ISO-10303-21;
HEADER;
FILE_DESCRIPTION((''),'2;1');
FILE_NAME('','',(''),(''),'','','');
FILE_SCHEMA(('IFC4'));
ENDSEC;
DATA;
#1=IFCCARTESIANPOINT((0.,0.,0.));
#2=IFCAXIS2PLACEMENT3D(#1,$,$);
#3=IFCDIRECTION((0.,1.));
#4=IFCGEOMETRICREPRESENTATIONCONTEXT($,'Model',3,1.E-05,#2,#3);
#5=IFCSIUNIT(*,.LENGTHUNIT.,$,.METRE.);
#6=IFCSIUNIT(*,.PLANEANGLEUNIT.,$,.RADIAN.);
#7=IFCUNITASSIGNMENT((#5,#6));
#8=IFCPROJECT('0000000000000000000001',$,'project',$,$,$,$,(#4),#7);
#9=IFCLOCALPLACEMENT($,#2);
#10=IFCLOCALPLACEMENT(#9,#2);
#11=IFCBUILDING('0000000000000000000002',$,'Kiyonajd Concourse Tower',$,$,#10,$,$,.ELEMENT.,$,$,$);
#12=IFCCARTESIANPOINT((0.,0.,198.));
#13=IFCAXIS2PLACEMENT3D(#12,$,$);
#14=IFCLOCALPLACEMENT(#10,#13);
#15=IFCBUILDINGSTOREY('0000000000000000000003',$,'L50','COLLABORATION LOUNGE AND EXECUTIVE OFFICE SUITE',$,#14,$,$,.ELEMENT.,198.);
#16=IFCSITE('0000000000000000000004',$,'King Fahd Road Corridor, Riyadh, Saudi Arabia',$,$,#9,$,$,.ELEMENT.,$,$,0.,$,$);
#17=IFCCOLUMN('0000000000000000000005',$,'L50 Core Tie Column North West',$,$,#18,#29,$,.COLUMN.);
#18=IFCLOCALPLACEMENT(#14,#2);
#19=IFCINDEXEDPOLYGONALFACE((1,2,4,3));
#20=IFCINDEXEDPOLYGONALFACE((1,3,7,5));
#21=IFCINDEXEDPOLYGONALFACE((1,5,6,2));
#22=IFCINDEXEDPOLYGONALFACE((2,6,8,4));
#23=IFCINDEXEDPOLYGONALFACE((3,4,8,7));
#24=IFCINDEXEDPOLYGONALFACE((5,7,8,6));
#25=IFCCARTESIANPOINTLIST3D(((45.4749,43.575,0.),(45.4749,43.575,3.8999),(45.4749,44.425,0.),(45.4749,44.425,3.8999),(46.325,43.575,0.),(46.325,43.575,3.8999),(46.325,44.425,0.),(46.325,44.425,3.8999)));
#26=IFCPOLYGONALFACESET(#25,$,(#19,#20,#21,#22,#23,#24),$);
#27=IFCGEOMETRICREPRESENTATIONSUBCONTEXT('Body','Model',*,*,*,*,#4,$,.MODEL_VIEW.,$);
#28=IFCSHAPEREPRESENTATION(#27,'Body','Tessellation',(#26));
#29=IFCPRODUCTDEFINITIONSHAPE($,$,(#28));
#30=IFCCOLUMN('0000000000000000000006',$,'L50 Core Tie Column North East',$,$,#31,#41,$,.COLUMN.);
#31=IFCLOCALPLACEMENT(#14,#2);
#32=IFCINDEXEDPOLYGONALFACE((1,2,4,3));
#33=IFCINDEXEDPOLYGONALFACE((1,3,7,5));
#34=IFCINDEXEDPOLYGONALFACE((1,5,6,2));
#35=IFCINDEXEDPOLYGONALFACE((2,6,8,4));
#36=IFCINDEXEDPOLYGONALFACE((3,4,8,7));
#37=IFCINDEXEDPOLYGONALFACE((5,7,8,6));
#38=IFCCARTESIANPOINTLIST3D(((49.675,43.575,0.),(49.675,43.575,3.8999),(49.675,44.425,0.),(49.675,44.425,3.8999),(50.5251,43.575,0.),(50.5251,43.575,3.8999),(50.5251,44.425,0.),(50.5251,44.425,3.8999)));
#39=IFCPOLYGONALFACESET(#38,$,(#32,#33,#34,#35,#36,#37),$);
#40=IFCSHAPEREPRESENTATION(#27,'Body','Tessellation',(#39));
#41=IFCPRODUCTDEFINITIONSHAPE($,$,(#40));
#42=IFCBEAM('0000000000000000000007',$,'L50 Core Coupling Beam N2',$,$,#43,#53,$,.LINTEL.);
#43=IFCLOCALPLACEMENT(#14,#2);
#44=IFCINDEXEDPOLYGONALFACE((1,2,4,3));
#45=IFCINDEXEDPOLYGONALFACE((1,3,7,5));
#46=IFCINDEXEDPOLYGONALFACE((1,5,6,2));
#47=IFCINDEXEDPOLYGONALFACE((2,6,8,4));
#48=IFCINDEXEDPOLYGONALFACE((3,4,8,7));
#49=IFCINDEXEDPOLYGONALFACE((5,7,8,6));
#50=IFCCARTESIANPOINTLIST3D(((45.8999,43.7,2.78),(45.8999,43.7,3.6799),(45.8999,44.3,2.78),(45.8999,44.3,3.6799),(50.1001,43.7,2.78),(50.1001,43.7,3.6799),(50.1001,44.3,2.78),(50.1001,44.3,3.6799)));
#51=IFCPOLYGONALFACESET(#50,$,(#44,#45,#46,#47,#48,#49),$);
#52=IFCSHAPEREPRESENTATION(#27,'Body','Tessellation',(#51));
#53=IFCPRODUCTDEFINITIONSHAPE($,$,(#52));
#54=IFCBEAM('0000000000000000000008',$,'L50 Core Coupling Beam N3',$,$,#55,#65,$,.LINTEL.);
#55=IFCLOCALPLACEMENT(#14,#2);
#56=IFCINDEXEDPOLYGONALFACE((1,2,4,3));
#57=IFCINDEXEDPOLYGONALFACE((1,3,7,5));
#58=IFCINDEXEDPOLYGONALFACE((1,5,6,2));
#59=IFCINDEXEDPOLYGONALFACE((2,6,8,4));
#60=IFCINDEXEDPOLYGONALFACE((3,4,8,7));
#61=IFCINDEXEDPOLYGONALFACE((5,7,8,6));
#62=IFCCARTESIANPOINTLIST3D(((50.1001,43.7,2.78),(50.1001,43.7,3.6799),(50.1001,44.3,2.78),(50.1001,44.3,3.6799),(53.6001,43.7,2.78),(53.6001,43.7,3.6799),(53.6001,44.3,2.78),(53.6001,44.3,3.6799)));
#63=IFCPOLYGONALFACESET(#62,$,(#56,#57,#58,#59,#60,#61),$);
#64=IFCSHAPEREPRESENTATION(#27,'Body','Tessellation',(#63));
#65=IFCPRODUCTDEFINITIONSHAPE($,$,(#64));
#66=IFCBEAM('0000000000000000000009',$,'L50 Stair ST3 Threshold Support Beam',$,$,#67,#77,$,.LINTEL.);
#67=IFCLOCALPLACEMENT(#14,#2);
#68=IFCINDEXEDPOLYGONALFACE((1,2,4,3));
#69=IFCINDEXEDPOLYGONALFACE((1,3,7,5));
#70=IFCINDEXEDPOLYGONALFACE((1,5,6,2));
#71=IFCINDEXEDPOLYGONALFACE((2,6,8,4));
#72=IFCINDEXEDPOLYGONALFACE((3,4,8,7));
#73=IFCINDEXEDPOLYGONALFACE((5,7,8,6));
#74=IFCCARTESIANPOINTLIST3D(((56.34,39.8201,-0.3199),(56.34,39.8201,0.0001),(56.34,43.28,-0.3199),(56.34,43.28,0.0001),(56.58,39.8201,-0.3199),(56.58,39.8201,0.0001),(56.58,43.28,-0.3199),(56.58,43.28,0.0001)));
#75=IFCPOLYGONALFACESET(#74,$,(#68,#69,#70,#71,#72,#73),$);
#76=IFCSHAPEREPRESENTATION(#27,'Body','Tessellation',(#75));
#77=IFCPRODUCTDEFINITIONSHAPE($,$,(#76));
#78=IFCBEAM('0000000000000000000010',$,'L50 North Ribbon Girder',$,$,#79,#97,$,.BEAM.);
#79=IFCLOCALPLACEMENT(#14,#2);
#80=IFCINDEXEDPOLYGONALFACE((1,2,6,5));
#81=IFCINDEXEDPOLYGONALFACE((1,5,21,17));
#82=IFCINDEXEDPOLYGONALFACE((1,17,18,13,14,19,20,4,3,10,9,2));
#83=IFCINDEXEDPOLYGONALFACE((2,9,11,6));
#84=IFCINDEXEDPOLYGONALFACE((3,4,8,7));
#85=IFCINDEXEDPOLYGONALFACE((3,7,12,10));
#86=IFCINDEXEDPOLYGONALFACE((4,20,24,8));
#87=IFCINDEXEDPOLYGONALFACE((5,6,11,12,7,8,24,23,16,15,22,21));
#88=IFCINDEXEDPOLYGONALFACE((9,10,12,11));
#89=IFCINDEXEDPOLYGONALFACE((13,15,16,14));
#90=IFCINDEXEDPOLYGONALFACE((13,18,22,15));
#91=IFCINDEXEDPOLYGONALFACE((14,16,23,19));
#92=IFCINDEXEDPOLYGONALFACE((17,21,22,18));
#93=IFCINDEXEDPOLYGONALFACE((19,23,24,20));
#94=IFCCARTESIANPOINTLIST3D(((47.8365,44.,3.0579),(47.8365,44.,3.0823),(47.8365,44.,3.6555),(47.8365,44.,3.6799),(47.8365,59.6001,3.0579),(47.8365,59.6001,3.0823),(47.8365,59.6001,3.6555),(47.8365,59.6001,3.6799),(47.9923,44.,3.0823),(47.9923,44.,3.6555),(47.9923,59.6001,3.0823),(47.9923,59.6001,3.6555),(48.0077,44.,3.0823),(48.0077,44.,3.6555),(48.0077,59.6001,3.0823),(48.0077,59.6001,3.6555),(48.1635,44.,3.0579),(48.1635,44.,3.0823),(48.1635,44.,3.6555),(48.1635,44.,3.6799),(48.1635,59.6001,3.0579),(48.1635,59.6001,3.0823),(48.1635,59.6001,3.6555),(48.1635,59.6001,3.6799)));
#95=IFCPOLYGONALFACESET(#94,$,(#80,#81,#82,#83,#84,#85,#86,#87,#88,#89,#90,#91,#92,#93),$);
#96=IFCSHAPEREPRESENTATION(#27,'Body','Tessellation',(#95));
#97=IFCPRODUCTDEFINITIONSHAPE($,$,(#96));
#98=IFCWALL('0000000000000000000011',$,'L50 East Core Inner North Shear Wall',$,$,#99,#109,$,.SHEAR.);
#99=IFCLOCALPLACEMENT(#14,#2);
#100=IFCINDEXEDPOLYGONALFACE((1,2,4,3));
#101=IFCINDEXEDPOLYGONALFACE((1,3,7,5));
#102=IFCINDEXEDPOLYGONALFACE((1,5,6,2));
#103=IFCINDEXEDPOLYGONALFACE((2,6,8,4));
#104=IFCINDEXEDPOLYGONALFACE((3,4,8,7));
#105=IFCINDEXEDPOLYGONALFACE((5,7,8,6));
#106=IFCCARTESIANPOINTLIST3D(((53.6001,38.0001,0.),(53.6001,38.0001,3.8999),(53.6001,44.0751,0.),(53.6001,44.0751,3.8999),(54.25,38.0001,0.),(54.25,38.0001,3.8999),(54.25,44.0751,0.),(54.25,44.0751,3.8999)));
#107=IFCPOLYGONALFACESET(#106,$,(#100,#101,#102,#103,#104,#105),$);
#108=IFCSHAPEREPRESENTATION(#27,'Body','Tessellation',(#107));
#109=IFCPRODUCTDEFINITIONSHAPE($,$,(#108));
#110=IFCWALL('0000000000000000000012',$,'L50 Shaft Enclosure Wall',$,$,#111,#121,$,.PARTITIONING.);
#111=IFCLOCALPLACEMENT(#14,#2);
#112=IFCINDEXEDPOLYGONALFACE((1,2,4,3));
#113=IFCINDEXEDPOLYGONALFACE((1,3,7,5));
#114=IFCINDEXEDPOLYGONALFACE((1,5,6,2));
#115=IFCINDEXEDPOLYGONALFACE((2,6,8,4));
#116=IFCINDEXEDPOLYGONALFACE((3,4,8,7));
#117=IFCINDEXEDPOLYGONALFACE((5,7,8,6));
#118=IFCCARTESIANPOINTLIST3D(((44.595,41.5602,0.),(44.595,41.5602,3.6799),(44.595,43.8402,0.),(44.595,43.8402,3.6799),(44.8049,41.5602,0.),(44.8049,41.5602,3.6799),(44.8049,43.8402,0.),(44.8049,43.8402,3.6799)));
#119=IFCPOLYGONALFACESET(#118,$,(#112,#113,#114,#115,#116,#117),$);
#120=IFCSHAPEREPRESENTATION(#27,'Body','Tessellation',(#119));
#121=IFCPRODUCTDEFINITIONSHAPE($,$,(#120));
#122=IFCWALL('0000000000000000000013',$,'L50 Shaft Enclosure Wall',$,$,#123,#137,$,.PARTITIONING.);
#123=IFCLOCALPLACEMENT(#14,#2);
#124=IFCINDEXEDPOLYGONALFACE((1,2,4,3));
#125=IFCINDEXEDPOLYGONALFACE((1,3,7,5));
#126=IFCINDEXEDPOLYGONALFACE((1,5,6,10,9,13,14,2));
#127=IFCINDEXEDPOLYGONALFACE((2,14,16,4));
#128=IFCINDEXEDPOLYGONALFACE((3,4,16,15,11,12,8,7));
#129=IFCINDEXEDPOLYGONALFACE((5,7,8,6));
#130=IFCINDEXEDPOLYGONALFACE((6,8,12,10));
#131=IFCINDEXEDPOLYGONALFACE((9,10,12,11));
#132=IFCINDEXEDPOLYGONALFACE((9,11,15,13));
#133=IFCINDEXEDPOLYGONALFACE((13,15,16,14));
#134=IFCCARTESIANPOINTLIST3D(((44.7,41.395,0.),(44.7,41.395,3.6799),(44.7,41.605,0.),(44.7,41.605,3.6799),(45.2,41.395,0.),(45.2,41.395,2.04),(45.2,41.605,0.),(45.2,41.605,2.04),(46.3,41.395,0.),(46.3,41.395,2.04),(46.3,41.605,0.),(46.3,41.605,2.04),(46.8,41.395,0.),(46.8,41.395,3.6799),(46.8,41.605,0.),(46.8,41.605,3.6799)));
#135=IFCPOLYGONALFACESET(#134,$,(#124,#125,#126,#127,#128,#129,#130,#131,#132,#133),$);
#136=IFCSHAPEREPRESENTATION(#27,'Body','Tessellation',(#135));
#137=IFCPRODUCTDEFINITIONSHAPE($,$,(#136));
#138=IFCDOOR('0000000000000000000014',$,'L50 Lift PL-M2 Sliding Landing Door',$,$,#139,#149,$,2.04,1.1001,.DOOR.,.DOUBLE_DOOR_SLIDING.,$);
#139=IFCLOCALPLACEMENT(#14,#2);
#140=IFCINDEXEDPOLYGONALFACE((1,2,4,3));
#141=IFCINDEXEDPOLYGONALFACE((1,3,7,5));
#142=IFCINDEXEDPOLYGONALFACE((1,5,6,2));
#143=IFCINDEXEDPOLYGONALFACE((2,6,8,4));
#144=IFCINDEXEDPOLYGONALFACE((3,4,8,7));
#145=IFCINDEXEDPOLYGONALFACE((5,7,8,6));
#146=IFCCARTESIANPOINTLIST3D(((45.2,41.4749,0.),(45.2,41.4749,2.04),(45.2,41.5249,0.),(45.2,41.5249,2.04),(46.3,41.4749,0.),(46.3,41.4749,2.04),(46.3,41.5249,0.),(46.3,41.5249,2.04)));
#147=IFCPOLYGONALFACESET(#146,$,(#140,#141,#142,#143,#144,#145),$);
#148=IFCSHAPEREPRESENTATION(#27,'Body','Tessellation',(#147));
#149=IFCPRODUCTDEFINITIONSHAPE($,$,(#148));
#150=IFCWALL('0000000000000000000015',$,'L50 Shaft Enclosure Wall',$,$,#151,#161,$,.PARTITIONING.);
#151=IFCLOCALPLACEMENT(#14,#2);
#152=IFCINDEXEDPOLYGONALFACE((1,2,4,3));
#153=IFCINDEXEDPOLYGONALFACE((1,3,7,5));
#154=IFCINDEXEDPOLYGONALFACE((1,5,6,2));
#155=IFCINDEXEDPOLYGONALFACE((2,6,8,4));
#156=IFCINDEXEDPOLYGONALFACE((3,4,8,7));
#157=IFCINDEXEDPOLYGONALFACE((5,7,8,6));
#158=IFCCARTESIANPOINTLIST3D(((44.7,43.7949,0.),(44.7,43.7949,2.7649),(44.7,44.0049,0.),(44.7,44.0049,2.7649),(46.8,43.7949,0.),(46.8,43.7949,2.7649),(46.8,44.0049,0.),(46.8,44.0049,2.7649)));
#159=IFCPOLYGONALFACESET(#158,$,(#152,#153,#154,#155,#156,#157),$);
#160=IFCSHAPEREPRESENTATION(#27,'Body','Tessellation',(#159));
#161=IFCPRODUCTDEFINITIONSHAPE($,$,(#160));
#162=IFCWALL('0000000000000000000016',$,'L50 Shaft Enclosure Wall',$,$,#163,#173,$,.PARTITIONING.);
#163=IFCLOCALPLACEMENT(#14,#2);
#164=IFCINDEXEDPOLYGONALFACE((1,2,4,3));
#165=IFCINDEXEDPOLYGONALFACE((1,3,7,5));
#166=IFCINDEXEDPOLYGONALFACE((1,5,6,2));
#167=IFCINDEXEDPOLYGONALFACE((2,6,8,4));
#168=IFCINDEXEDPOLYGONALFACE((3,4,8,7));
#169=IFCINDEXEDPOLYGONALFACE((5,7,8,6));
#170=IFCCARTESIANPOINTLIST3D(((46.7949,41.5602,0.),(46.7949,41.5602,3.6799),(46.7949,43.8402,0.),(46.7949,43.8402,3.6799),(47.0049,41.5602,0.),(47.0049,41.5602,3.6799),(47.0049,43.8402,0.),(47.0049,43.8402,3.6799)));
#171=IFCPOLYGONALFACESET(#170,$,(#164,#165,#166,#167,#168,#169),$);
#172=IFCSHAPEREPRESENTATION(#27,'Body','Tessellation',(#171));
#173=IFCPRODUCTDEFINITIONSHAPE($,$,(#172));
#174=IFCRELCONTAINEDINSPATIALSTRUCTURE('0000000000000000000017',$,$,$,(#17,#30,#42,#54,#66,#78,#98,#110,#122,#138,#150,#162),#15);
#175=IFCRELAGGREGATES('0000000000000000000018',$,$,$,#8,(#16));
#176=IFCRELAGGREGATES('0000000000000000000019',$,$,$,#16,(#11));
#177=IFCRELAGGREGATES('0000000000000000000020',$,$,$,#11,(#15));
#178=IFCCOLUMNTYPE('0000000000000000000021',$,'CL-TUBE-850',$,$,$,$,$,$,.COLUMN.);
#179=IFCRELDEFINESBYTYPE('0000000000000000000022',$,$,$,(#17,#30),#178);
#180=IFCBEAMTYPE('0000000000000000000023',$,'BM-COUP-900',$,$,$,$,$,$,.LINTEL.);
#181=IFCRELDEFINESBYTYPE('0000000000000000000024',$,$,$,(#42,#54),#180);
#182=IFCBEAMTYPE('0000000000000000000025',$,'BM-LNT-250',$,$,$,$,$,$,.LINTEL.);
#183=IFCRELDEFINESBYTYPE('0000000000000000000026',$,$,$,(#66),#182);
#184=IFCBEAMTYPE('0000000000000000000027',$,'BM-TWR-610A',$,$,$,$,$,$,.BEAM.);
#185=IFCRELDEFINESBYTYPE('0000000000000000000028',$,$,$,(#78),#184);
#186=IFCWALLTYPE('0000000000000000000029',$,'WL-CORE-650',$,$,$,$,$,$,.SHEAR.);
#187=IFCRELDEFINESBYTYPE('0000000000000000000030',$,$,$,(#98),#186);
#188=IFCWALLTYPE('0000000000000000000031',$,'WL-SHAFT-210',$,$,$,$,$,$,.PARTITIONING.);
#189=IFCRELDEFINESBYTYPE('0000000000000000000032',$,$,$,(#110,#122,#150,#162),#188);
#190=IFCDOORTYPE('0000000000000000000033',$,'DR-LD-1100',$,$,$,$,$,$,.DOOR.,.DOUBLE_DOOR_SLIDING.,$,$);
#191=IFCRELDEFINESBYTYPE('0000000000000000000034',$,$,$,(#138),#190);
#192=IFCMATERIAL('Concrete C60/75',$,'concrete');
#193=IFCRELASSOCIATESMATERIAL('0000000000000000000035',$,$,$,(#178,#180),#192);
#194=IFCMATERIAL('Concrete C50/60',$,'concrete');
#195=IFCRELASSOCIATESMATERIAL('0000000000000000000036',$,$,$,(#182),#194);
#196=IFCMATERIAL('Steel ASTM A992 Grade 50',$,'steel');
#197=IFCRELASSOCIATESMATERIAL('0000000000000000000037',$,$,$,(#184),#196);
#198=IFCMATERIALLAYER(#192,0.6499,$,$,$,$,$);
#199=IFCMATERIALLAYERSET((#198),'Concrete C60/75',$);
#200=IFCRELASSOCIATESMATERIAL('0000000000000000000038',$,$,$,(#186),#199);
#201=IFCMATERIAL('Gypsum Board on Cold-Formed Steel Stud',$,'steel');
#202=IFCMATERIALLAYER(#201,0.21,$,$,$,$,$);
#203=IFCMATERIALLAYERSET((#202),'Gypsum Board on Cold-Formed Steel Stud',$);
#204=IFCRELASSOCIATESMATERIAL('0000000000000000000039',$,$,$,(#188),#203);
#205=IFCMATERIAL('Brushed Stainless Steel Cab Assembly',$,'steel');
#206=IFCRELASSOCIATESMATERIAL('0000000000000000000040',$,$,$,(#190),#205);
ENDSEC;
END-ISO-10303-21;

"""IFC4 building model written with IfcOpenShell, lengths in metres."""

from ifc_helpers import new_model, si_unit, direction, frame, frame_2d, origin, origin_2d, place, context, subcontext, project, spatial, rectangle, i_section, extrude, material, layer, layer_set, material_profile, profile_set, type_object, element, fill, save


model = new_model("IFC4")

# Units and contexts
model_context = context("Model", 3, precision=1e-05, world=origin(), true_north=direction((0.0, 1.0)))
body_context = subcontext(model_context, "Body", "Model", "MODEL_VIEW")
ifc_project = project(units=[si_unit("LENGTHUNIT", "METRE"), si_unit("PLANEANGLEUNIT", "RADIAN")], contexts=[model_context])

# Site, building, storey
site_placement = place(None, origin())
site = spatial("IfcSite", under=ifc_project, at=site_placement, Name="King Fahd Road Corridor, Riyadh, Saudi Arabia", CompositionType="ELEMENT", RefElevation=0.0)
building_placement = place(site_placement, origin())
building = spatial("IfcBuilding", under=site, at=building_placement, Name="Kiyonajd Concourse Tower", CompositionType="ELEMENT")
storey_placement = place(building_placement, frame((0.0, 0.0, 198.0)))
storey = spatial("IfcBuildingStorey", under=building, at=storey_placement, Name="L50", Description="COLLABORATION LOUNGE AND EXECUTIVE OFFICE SUITE", CompositionType="ELEMENT", Elevation=198.0)

# Columns
ifc_material_1 = material(Name="Concrete C60/75", Category="concrete")
ifc_material_profile_1 = material_profile(ifc_material_1, rectangle(XDim=0.8501, YDim=0.8501, at=origin_2d()), Name="RC-850x850")
ifc_profile_set_1 = profile_set([ifc_material_profile_1], Name="Concrete C60/75")
column_type = type_object("IfcColumnType", Name="CL-TUBE-850", PredefinedType="COLUMN", material=ifc_profile_set_1)
for number, where, z_axis, x_axis, name in (
    (1, (45.8999, 44.0, 0.0), (0.0, 0.0, 1.0), (1.0, 0.0, 0.0), "L50 Core Tie Column North West"),
    (2, (50.1001, 44.0, 0.0), (0.0, 0.0, 1.0), (1.0, 0.0, 0.0), "L50 Core Tie Column North East"),
):
    element("IfcColumn", number, at=place(storey_placement, frame(where, z_axis=z_axis, x_axis=x_axis)), inside=storey, type_object=column_type, Name=name, PredefinedType="COLUMN", context=body_context, shape_type="SweptSolid", body=[
        extrude(rectangle(XDim=0.8501, YDim=0.8501, at=origin_2d()), origin(), (0.0, 0.0, 1.0), 3.8999),
    ])

# Beams
ifc_material_profile_2 = material_profile(ifc_material_1, rectangle(XDim=0.6001, YDim=0.8999, at=origin_2d()), Name="RCBM-600x900")
ifc_profile_set_2 = profile_set([ifc_material_profile_2], Name="Concrete C60/75")
beam_type_1 = type_object("IfcBeamType", Name="BM-COUP-900", PredefinedType="LINTEL", material=ifc_profile_set_2)
beam_1_placement = place(storey_placement, frame((45.8999, 44.0, 3.23), z_axis=(1.0, 0.0, 0.0), x_axis=(0.0, 1.0, 0.0)))
element("IfcBeam", 3, at=beam_1_placement, inside=storey, type_object=beam_type_1, Name="L50 Core Coupling Beam N2", PredefinedType="LINTEL", context=body_context, shape_type="SweptSolid", body=[
    extrude(rectangle(XDim=0.6001, YDim=0.8999, at=origin_2d()), origin(), (0.0, 0.0, 1.0), 4.2002),
])
beam_2_placement = place(storey_placement, frame((50.1001, 44.0, 3.23), z_axis=(1.0, 0.0, 0.0), x_axis=(0.0, 1.0, 0.0)))
element("IfcBeam", 4, at=beam_2_placement, inside=storey, type_object=beam_type_1, Name="L50 Core Coupling Beam N3", PredefinedType="LINTEL", context=body_context, shape_type="SweptSolid", body=[
    extrude(rectangle(XDim=0.6001, YDim=0.8999, at=origin_2d()), origin(), (0.0, 0.0, 1.0), 3.5),
])
ifc_material_2 = material(Name="Concrete C50/60", Category="concrete")
ifc_material_profile_3 = material_profile(ifc_material_2, rectangle(XDim=0.24, YDim=0.3201, at=origin_2d()), Name="RCBM-240x320")
ifc_profile_set_3 = profile_set([ifc_material_profile_3], Name="Concrete C50/60")
beam_type_2 = type_object("IfcBeamType", Name="BM-LNT-250", PredefinedType="LINTEL", material=ifc_profile_set_3)
beam_3_placement = place(storey_placement, frame((56.46, 39.8201, -0.1599), z_axis=(0.0, 1.0, 0.0), x_axis=(-1.0, 0.0, 0.0)))
element("IfcBeam", 5, at=beam_3_placement, inside=storey, type_object=beam_type_2, Name="L50 Stair ST3 Threshold Support Beam", PredefinedType="LINTEL", context=body_context, shape_type="SweptSolid", body=[
    extrude(rectangle(XDim=0.24, YDim=0.3201, at=origin_2d()), origin(), (0.0, 0.0, 1.0), 3.46),
])
ifc_material_3 = material(Name="Steel ASTM A992 Grade 50", Category="steel")
ifc_material_profile_4 = material_profile(ifc_material_3, i_section(OverallWidth=0.3269, OverallDepth=0.6221, WebThickness=0.0154, FlangeThickness=0.0244, at=origin_2d()), Name="W610X195")
ifc_profile_set_4 = profile_set([ifc_material_profile_4], Name="Steel ASTM A992 Grade 50")
beam_type_3 = type_object("IfcBeamType", Name="BM-TWR-610A", PredefinedType="BEAM", material=ifc_profile_set_4)
beam_4_placement = place(storey_placement, frame((48.0, 44.0, 3.3689), z_axis=(0.0, 1.0, 0.0), x_axis=(-1.0, 0.0, 0.0)))
element("IfcBeam", 6, at=beam_4_placement, inside=storey, type_object=beam_type_3, Name="L50 North Ribbon Girder", PredefinedType="BEAM", context=body_context, shape_type="SweptSolid", body=[
    extrude(i_section(OverallWidth=0.3269, OverallDepth=0.6221, WebThickness=0.0154, FlangeThickness=0.0244, at=origin_2d()), origin(), (0.0, 0.0, 1.0), 15.6001),
])

# Walls
ifc_layer_1 = layer(ifc_material_1, 0.6499)
ifc_layer_set_1 = layer_set([ifc_layer_1], Name="Concrete C60/75")
wall_type_1 = type_object("IfcWallType", Name="WL-CORE-650", PredefinedType="SHEAR", material=ifc_layer_set_1)
wall_1_placement = place(storey_placement, frame((53.925, 38.0, 0.0), z_axis=(0.0, 0.0, 1.0), x_axis=(0.0, 1.0, 0.0)))
element("IfcWall", 7, at=wall_1_placement, inside=storey, type_object=wall_type_1, Name="L50 East Core Inner North Shear Wall", PredefinedType="SHEAR", context=body_context, shape_type="SweptSolid", body=[
    extrude(rectangle(XDim=6.075, YDim=0.6499, at=frame_2d((3.0376, 0.0))), origin(), (0.0, 0.0, 1.0), 3.8999),
])
ifc_material_4 = material(Name="Gypsum Board on Cold-Formed Steel Stud", Category="steel")
ifc_layer_2 = layer(ifc_material_4, 0.21)
ifc_layer_set_2 = layer_set([ifc_layer_2], Name="Gypsum Board on Cold-Formed Steel Stud")
wall_type_2 = type_object("IfcWallType", Name="WL-SHAFT-210", PredefinedType="PARTITIONING", material=ifc_layer_set_2)
wall_2_placement = place(storey_placement, frame((44.7, 41.5601, 0.0), z_axis=(0.0, 0.0, 1.0), x_axis=(0.0, 1.0, 0.0)))
element("IfcWall", 8, at=wall_2_placement, inside=storey, type_object=wall_type_2, Name="L50 Shaft Enclosure Wall", PredefinedType="PARTITIONING", context=body_context, shape_type="SweptSolid", body=[
    extrude(rectangle(XDim=2.28, YDim=0.21, at=frame_2d((1.1401, 0.0))), origin(), (0.0, 0.0, 1.0), 3.6799),
])

# Wall, opening, door
wall_3_placement = place(storey_placement, frame((44.7, 41.5, 0.0), z_axis=(0.0, 0.0, 1.0), x_axis=(1.0, 0.0, 0.0)))
wall_3 = element("IfcWall", 9, at=wall_3_placement, inside=storey, type_object=wall_type_2, Name="L50 Shaft Enclosure Wall", PredefinedType="PARTITIONING", context=body_context, shape_type="SweptSolid", body=[
    extrude(rectangle(XDim=2.1001, YDim=0.21, at=frame_2d((1.05, 0.0))), origin(), (0.0, 0.0, 1.0), 3.6799),
])
opening_1_placement = place(wall_3_placement, frame((0.5, 0.0, 0.0)))
opening_1 = element("IfcOpeningElement", 10, at=opening_1_placement, cuts=wall_3, PredefinedType="OPENING", context=body_context, shape_type="SweptSolid", body=[
    extrude(rectangle(XDim=1.1001, YDim=2.04, at=frame_2d((0.55, 1.02))), frame((0.0, 0.115, 0.0), z_axis=(0.0, -1.0, 0.0), x_axis=(1.0, 0.0, 0.0)), (0.0, 0.0, 1.0), 0.23),
])
ifc_material_5 = material(Name="Brushed Stainless Steel Cab Assembly", Category="steel")
door_type_1 = type_object("IfcDoorType", Name="DR-LD-1100", OperationType="DOUBLE_DOOR_SLIDING", PredefinedType="DOOR", material=ifc_material_5)
door_1_placement = place(opening_1_placement, origin())
door_1 = element("IfcDoor", 11, at=door_1_placement, inside=storey, type_object=door_type_1, Name="L50 Lift PL-M2 Sliding Landing Door", OperationType="DOUBLE_DOOR_SLIDING", OverallHeight=2.04, OverallWidth=1.1001, PredefinedType="DOOR", context=body_context, shape_type="SweptSolid", body=[
    extrude(rectangle(XDim=1.1001, YDim=2.04, at=frame_2d((0.55, 1.02))), frame((0.0, 0.0249, 0.0), z_axis=(0.0, -1.0, 0.0), x_axis=(1.0, 0.0, 0.0)), (0.0, 0.0, 1.0), 0.05),
])
fill(opening_1, door_1)

# Walls
wall_4_placement = place(storey_placement, frame((44.7, 43.8999, 0.0), z_axis=(0.0, 0.0, 1.0), x_axis=(1.0, 0.0, 0.0)))
element("IfcWall", 12, at=wall_4_placement, inside=storey, type_object=wall_type_2, Name="L50 Shaft Enclosure Wall", PredefinedType="PARTITIONING", context=body_context, shape_type="SweptSolid", body=[
    extrude(rectangle(XDim=2.1001, YDim=0.21, at=frame_2d((1.05, 0.0))), origin(), (0.0, 0.0, 1.0), 2.7649),
])
wall_5_placement = place(storey_placement, frame((46.8999, 41.5601, 0.0), z_axis=(0.0, 0.0, 1.0), x_axis=(0.0, 1.0, 0.0)))
element("IfcWall", 13, at=wall_5_placement, inside=storey, type_object=wall_type_2, Name="L50 Shaft Enclosure Wall", PredefinedType="PARTITIONING", context=body_context, shape_type="SweptSolid", body=[
    extrude(rectangle(XDim=2.28, YDim=0.21, at=frame_2d((1.1401, 0.0))), origin(), (0.0, 0.0, 1.0), 3.6799),
])

save(model, "model.ifc")
